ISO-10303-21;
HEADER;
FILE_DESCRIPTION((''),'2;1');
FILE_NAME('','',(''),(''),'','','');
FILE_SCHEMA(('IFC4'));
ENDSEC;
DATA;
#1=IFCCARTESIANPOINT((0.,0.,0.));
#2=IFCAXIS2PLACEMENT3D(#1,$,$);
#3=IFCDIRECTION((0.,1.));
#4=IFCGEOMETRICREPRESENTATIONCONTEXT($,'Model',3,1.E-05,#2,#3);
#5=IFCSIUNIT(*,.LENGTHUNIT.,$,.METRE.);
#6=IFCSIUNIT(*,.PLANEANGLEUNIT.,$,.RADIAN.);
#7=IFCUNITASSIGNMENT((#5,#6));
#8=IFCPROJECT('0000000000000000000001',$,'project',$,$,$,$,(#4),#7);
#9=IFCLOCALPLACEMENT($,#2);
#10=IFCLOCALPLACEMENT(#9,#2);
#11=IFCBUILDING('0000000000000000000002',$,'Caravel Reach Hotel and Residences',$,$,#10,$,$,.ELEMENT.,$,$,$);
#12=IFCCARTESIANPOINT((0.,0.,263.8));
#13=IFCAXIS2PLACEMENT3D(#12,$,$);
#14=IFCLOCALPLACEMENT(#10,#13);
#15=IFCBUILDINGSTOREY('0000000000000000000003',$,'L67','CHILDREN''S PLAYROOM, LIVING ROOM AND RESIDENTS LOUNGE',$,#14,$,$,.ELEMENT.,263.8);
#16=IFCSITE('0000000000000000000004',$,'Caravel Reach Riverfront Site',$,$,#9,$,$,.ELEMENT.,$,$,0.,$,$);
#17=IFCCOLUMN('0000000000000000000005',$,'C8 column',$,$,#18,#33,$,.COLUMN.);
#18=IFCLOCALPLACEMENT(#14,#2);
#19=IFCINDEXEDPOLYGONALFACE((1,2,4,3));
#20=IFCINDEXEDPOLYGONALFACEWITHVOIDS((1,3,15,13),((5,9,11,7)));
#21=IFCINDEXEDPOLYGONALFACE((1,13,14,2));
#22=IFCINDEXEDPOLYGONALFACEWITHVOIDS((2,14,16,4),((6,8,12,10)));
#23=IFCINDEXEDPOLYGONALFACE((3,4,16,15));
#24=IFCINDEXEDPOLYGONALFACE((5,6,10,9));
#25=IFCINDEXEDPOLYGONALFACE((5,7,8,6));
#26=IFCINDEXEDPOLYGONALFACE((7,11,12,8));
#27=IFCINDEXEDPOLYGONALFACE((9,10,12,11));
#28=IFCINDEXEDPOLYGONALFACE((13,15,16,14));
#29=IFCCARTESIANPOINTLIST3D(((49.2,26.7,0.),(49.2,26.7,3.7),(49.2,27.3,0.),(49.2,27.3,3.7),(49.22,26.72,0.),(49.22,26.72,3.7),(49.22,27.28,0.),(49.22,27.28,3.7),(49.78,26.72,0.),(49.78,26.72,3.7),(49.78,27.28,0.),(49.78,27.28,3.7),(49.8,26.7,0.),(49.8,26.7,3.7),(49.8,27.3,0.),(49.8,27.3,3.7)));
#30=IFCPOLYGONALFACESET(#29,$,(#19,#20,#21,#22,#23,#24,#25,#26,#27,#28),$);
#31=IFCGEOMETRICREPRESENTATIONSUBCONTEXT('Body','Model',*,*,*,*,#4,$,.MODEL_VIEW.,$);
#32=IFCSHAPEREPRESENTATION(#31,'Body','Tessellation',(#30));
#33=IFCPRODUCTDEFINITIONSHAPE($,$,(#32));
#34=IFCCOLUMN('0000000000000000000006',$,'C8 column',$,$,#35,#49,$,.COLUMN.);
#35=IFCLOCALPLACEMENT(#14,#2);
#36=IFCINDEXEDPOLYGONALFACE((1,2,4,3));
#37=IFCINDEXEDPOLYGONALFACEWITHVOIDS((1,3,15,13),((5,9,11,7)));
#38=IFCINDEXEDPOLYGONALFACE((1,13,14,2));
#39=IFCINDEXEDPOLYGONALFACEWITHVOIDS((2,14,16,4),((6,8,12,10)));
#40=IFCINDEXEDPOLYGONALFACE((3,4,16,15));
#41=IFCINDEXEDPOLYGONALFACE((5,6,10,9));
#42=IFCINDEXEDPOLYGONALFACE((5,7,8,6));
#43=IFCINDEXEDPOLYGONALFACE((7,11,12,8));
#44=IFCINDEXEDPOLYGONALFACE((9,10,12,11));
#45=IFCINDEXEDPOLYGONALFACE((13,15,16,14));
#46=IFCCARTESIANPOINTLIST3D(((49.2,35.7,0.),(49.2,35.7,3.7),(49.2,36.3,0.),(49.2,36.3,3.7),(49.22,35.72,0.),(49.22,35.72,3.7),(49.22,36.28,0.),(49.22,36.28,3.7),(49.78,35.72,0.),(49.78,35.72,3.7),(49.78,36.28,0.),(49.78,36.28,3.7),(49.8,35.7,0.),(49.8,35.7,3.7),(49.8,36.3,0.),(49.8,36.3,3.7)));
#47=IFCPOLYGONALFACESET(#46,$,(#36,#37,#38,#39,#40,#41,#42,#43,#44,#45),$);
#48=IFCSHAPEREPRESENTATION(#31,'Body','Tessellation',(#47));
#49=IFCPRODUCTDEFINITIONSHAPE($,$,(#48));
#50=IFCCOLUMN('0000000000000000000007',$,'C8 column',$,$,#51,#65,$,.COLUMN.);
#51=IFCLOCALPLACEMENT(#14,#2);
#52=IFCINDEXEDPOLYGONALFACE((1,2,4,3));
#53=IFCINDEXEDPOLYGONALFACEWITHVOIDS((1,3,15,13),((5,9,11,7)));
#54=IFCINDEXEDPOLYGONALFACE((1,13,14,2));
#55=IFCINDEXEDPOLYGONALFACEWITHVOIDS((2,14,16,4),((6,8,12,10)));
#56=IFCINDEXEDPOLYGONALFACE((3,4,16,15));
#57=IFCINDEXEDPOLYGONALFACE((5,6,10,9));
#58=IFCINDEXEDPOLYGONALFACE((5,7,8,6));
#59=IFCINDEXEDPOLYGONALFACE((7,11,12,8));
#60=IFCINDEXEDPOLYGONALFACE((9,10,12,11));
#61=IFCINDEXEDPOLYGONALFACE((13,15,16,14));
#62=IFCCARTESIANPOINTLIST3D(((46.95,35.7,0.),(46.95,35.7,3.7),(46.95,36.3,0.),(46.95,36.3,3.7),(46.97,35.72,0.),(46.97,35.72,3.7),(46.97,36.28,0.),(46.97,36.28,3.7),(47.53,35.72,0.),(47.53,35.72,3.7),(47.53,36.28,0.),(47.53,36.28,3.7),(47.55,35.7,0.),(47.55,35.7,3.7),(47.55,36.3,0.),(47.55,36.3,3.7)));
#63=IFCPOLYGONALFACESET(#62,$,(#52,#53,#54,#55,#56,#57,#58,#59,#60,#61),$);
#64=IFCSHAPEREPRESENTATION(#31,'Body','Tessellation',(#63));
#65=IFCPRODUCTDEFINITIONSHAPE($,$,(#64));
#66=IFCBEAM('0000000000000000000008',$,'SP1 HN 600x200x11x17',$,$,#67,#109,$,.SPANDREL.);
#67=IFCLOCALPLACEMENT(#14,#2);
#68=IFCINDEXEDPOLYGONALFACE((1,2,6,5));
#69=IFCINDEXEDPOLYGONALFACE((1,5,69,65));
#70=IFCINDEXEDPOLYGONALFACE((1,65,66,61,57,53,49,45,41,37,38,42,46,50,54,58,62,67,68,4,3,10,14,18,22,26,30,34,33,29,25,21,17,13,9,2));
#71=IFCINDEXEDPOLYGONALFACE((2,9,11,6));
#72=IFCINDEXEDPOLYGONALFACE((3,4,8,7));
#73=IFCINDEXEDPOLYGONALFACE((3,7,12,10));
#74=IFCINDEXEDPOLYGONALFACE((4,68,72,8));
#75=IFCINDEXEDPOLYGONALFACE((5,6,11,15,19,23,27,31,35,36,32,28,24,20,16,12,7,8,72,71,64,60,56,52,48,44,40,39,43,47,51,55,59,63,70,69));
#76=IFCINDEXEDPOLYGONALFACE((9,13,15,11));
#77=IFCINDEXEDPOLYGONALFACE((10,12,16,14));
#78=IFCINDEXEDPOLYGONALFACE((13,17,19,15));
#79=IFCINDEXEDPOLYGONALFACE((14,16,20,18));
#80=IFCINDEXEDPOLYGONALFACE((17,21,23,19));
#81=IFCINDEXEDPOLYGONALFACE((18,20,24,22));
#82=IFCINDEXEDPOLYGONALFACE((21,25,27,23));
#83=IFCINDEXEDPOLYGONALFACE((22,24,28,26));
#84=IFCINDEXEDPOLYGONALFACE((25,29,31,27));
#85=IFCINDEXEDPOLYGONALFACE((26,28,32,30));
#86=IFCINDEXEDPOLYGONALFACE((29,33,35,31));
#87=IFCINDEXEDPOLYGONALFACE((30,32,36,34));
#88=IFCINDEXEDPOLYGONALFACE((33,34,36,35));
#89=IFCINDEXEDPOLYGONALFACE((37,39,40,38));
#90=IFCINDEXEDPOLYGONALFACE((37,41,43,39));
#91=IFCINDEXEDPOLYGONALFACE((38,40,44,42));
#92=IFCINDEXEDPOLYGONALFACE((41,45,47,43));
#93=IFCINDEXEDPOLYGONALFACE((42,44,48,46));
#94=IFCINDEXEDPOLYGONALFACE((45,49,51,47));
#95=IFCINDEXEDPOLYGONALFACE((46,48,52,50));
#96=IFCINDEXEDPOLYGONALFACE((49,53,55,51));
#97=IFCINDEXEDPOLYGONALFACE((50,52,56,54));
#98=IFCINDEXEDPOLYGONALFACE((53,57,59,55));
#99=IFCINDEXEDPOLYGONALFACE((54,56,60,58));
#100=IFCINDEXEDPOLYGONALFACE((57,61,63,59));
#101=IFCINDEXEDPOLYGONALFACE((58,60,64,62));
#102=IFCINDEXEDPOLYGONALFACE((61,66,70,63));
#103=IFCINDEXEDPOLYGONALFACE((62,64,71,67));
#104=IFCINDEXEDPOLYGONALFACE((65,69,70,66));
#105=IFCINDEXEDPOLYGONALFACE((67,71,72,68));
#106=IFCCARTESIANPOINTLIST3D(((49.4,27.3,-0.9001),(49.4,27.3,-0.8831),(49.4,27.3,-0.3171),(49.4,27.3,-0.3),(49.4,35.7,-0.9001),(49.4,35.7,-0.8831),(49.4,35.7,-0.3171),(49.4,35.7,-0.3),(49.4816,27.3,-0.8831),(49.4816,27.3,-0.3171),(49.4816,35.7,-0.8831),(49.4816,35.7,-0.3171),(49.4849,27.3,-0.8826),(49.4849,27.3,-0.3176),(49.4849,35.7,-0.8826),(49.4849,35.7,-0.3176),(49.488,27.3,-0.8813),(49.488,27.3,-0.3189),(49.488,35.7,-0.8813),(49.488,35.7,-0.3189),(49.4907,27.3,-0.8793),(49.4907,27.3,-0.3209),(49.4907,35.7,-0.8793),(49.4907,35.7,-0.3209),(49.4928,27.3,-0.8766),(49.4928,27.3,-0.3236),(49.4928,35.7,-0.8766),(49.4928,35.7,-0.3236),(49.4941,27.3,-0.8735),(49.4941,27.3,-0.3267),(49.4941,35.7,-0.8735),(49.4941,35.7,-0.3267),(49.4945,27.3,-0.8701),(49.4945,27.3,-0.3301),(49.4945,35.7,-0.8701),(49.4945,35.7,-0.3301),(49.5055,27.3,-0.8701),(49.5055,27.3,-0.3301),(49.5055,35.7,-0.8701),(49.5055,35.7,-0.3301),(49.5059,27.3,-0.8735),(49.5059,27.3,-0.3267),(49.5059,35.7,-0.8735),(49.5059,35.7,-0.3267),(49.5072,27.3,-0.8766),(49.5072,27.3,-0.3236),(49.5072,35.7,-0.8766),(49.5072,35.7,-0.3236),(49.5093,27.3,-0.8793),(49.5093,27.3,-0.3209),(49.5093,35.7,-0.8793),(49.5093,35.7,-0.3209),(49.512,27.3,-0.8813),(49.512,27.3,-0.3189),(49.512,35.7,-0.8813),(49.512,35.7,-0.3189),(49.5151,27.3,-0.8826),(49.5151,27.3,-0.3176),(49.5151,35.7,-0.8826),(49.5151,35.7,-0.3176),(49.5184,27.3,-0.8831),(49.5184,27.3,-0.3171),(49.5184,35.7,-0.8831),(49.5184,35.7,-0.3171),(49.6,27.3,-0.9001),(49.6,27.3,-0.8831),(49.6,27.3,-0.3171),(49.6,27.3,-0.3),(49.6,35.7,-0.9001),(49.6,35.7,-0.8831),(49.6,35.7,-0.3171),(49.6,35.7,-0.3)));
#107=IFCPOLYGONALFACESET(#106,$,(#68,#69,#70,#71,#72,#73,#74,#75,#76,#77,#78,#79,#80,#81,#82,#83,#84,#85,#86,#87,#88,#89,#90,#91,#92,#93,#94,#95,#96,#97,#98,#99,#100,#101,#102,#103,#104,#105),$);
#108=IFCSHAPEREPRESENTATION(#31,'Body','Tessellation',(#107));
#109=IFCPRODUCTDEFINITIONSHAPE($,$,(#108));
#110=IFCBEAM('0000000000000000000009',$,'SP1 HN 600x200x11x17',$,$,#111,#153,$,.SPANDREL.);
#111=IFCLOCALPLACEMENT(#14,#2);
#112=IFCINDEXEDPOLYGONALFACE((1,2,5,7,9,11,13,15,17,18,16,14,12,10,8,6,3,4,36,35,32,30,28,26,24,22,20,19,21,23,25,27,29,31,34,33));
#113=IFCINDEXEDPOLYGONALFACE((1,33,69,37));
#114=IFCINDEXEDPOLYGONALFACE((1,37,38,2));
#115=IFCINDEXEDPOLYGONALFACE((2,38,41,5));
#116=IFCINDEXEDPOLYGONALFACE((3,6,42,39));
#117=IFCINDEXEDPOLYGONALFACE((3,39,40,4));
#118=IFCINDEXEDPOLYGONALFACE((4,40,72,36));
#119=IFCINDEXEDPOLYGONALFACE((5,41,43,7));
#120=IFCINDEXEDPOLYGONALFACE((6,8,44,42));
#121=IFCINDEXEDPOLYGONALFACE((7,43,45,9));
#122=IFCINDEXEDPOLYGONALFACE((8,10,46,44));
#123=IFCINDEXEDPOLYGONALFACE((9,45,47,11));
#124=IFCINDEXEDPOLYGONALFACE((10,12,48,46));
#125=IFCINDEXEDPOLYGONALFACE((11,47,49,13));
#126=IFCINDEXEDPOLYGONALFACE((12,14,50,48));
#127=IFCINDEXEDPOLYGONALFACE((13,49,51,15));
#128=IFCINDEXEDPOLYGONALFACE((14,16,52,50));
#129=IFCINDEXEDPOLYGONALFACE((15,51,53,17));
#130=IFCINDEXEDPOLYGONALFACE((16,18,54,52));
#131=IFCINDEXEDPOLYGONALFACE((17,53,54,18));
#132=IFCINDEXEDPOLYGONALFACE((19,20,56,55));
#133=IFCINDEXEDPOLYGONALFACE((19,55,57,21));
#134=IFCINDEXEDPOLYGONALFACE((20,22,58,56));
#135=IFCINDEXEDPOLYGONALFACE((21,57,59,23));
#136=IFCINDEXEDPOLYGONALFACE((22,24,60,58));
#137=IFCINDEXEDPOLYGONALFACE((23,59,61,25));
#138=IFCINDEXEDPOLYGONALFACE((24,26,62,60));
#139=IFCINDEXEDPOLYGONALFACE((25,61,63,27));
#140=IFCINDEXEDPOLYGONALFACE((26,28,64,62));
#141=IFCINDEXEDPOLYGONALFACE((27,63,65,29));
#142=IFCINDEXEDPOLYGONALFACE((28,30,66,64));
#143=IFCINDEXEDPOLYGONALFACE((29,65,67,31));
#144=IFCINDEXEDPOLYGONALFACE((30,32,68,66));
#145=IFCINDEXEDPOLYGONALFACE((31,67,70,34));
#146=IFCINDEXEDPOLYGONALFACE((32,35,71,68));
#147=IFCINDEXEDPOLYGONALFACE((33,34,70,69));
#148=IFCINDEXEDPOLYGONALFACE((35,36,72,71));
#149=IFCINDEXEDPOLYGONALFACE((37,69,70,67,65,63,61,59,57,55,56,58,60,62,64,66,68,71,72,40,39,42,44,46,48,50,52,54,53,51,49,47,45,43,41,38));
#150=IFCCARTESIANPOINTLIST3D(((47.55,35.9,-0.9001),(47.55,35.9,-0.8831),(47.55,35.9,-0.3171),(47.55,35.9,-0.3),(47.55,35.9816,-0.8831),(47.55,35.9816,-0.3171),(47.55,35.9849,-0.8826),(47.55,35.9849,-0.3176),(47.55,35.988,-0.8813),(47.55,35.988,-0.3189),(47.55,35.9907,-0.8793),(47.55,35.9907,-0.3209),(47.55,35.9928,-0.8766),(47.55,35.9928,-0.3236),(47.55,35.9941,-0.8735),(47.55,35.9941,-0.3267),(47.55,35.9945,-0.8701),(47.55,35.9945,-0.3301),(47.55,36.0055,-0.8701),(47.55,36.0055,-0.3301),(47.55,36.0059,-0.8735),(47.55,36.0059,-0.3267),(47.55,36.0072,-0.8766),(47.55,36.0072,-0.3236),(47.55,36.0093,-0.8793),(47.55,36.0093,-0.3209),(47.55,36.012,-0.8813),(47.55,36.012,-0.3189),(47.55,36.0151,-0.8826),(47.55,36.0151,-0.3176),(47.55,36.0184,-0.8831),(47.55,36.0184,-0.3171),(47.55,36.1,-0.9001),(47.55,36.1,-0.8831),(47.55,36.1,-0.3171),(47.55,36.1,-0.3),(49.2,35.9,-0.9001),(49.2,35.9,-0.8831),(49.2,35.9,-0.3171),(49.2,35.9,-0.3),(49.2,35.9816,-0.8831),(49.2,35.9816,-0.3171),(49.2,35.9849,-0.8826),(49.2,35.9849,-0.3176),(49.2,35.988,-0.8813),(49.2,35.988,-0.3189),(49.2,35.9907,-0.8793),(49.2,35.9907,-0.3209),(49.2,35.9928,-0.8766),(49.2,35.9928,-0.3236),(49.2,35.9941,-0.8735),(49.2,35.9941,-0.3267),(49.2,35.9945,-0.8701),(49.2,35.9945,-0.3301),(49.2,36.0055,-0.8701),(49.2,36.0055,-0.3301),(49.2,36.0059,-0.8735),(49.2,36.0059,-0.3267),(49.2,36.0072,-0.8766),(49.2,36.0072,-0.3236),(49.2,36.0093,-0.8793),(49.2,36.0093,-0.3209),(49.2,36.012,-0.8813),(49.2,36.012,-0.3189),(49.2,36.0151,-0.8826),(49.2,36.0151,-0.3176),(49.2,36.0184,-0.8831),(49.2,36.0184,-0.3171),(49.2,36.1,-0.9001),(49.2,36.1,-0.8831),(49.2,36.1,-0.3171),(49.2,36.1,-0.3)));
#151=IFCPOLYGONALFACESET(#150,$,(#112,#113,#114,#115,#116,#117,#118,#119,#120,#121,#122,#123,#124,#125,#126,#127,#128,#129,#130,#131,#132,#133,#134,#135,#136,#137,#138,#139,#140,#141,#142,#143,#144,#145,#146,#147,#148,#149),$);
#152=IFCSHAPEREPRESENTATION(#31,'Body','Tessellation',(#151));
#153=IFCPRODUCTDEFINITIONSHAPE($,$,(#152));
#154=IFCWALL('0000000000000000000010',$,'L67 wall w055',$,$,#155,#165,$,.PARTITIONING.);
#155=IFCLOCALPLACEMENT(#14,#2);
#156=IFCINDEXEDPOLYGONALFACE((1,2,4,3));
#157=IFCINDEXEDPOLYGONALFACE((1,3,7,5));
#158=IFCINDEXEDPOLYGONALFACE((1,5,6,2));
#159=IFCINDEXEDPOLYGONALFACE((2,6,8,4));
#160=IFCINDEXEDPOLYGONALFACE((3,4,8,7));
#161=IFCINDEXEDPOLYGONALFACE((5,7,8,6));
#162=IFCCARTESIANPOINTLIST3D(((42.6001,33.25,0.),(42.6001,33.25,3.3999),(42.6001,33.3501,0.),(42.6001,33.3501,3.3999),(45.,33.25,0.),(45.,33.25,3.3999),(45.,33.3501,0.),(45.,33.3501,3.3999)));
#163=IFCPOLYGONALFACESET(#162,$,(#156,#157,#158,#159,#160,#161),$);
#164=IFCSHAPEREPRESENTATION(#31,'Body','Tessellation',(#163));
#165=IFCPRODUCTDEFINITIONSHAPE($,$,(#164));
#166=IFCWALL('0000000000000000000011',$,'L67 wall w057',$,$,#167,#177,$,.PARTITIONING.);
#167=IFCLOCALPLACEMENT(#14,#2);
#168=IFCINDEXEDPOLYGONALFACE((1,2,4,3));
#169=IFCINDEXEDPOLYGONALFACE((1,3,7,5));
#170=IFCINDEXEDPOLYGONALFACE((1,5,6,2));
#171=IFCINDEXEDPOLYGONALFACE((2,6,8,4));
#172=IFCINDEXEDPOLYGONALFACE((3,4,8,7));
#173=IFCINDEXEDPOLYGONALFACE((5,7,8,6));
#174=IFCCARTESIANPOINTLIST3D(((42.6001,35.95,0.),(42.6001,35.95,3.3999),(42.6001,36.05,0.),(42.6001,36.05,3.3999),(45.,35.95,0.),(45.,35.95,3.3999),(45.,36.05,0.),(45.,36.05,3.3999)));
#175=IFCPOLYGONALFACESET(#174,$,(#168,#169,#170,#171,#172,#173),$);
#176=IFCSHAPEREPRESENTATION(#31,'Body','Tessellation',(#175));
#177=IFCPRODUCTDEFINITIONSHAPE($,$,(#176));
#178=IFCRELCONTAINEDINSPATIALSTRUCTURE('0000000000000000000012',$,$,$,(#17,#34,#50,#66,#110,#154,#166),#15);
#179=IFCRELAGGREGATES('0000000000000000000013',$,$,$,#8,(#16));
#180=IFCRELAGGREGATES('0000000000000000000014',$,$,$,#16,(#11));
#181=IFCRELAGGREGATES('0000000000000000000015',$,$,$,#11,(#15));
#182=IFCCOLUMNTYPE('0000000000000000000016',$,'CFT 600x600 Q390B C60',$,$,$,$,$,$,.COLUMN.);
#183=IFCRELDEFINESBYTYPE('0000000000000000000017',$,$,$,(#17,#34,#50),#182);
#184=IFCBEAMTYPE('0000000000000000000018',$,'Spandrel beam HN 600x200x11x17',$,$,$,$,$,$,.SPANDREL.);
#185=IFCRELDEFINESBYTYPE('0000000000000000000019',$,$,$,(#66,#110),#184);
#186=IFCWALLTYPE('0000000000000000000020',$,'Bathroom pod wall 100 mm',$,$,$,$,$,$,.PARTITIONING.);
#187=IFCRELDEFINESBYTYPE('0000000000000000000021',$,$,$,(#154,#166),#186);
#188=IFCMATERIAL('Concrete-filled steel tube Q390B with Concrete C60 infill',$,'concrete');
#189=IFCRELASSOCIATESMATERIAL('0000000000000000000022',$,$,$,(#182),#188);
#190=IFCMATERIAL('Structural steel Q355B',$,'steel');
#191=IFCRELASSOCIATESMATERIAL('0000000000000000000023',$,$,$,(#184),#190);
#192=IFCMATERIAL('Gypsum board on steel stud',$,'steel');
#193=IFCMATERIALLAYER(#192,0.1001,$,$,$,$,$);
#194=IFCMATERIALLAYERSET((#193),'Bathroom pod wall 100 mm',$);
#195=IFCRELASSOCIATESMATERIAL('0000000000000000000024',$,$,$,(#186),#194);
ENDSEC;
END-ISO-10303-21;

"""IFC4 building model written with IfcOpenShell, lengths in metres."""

from ifc_helpers import new_model, si_unit, direction, frame, frame_2d, origin, origin_2d, place, context, subcontext, project, spatial, rectangle, hollow_rectangle, i_section, extrude, material, layer, layer_set, material_profile, profile_set, type_object, element, save


model = new_model("IFC4")

# Units and contexts
model_context = context("Model", 3, precision=1e-05, world=origin(), true_north=direction((0.0, 1.0)))
body_context = subcontext(model_context, "Body", "Model", "MODEL_VIEW")
ifc_project = project(units=[si_unit("LENGTHUNIT", "METRE"), si_unit("PLANEANGLEUNIT", "RADIAN")], contexts=[model_context])

# Site, building, storey
site_placement = place(None, origin())
site = spatial("IfcSite", under=ifc_project, at=site_placement, Name="Caravel Reach Riverfront Site", CompositionType="ELEMENT", RefElevation=0.0)
building_placement = place(site_placement, origin())
building = spatial("IfcBuilding", under=site, at=building_placement, Name="Caravel Reach Hotel and Residences", CompositionType="ELEMENT")
storey_placement = place(building_placement, frame((0.0, 0.0, 263.8)))
storey = spatial("IfcBuildingStorey", under=building, at=storey_placement, Name="L67", Description="CHILDREN'S PLAYROOM, LIVING ROOM AND RESIDENTS LOUNGE", CompositionType="ELEMENT", Elevation=263.8)

# Columns
ifc_material_1 = material(Name="Concrete-filled steel tube Q390B with Concrete C60 infill", Category="concrete")
ifc_material_profile_1 = material_profile(ifc_material_1, hollow_rectangle(XDim=0.6001, YDim=0.6001, WallThickness=0.02, at=origin_2d()), Name="RHS 600x600x20")
ifc_profile_set_1 = profile_set([ifc_material_profile_1], Name="Concrete-filled steel tube Q390B with Concrete C60 infill")
column_type = type_object("IfcColumnType", Name="CFT 600x600 Q390B C60", PredefinedType="COLUMN", material=ifc_profile_set_1)
for number, where, z_axis, x_axis, name in (
    (1, (49.5, 27.0, 0.0), (0.0, 0.0, 1.0), (1.0, 0.0, 0.0), "C8 column"),
    (2, (49.5, 36.0, 0.0), (0.0, 0.0, 1.0), (1.0, 0.0, 0.0), "C8 column"),
    (3, (47.25, 36.0, 0.0), (0.0, 0.0, 1.0), (1.0, 0.0, 0.0), "C8 column"),
):
    element("IfcColumn", number, at=place(storey_placement, frame(where, z_axis=z_axis, x_axis=x_axis)), inside=storey, type_object=column_type, Name=name, PredefinedType="COLUMN", context=body_context, shape_type="SweptSolid", body=[
        extrude(hollow_rectangle(XDim=0.6001, YDim=0.6001, WallThickness=0.02, at=origin_2d()), origin(), (0.0, 0.0, 1.0), 3.7),
    ])

# Beams
ifc_material_2 = material(Name="Structural steel Q355B", Category="steel")
ifc_material_profile_2 = material_profile(ifc_material_2, i_section(OverallWidth=0.2, OverallDepth=0.6001, WebThickness=0.011, FlangeThickness=0.0171, FilletRadius=0.0129, at=origin_2d()), Name="HN 600x200x11x17")
ifc_profile_set_2 = profile_set([ifc_material_profile_2], Name="Structural steel Q355B")
beam_type = type_object("IfcBeamType", Name="Spandrel beam HN 600x200x11x17", PredefinedType="SPANDREL", material=ifc_profile_set_2)
beam_1_placement = place(storey_placement, frame((49.5, 27.3, -0.6001), z_axis=(0.0, 1.0, 0.0), x_axis=(-1.0, 0.0, 0.0)))
element("IfcBeam", 4, at=beam_1_placement, inside=storey, type_object=beam_type, Name="SP1 HN 600x200x11x17", PredefinedType="SPANDREL", context=body_context, shape_type="SweptSolid", body=[
    extrude(i_section(OverallWidth=0.2, OverallDepth=0.6001, WebThickness=0.011, FlangeThickness=0.0171, FilletRadius=0.0129, at=origin_2d()), origin(), (0.0, 0.0, 1.0), 8.3999),
])
beam_2_placement = place(storey_placement, frame((49.2, 36.0, -0.6001), z_axis=(-1.0, 0.0, 0.0), x_axis=(0.0, -1.0, 0.0)))
element("IfcBeam", 5, at=beam_2_placement, inside=storey, type_object=beam_type, Name="SP1 HN 600x200x11x17", PredefinedType="SPANDREL", context=body_context, shape_type="SweptSolid", body=[
    extrude(i_section(OverallWidth=0.2, OverallDepth=0.6001, WebThickness=0.011, FlangeThickness=0.0171, FilletRadius=0.0129, at=origin_2d()), origin(), (0.0, 0.0, 1.0), 1.6499),
])

# Walls
ifc_material_3 = material(Name="Gypsum board on steel stud", Category="steel")
ifc_layer_1 = layer(ifc_material_3, 0.1001)
ifc_layer_set_1 = layer_set([ifc_layer_1], Name="Bathroom pod wall 100 mm")
wall_type_1 = type_object("IfcWallType", Name="Bathroom pod wall 100 mm", PredefinedType="PARTITIONING", material=ifc_layer_set_1)
for number, where, z_axis, x_axis, name in (
    (6, (42.6001, 33.3, 0.0), (0.0, 0.0, 1.0), (1.0, 0.0, 0.0), "L67 wall w055"),
    (7, (42.6001, 36.0, 0.0), (0.0, 0.0, 1.0), (1.0, 0.0, 0.0), "L67 wall w057"),
):
    element("IfcWall", number, at=place(storey_placement, frame(where, z_axis=z_axis, x_axis=x_axis)), inside=storey, type_object=wall_type_1, Name=name, PredefinedType="PARTITIONING", context=body_context, shape_type="SweptSolid", body=[
        extrude(rectangle(XDim=2.3999, YDim=0.1001, at=frame_2d((1.2, 0.0))), origin(), (0.0, 0.0, 1.0), 3.3999),
    ])

save(model, "model.ifc")
